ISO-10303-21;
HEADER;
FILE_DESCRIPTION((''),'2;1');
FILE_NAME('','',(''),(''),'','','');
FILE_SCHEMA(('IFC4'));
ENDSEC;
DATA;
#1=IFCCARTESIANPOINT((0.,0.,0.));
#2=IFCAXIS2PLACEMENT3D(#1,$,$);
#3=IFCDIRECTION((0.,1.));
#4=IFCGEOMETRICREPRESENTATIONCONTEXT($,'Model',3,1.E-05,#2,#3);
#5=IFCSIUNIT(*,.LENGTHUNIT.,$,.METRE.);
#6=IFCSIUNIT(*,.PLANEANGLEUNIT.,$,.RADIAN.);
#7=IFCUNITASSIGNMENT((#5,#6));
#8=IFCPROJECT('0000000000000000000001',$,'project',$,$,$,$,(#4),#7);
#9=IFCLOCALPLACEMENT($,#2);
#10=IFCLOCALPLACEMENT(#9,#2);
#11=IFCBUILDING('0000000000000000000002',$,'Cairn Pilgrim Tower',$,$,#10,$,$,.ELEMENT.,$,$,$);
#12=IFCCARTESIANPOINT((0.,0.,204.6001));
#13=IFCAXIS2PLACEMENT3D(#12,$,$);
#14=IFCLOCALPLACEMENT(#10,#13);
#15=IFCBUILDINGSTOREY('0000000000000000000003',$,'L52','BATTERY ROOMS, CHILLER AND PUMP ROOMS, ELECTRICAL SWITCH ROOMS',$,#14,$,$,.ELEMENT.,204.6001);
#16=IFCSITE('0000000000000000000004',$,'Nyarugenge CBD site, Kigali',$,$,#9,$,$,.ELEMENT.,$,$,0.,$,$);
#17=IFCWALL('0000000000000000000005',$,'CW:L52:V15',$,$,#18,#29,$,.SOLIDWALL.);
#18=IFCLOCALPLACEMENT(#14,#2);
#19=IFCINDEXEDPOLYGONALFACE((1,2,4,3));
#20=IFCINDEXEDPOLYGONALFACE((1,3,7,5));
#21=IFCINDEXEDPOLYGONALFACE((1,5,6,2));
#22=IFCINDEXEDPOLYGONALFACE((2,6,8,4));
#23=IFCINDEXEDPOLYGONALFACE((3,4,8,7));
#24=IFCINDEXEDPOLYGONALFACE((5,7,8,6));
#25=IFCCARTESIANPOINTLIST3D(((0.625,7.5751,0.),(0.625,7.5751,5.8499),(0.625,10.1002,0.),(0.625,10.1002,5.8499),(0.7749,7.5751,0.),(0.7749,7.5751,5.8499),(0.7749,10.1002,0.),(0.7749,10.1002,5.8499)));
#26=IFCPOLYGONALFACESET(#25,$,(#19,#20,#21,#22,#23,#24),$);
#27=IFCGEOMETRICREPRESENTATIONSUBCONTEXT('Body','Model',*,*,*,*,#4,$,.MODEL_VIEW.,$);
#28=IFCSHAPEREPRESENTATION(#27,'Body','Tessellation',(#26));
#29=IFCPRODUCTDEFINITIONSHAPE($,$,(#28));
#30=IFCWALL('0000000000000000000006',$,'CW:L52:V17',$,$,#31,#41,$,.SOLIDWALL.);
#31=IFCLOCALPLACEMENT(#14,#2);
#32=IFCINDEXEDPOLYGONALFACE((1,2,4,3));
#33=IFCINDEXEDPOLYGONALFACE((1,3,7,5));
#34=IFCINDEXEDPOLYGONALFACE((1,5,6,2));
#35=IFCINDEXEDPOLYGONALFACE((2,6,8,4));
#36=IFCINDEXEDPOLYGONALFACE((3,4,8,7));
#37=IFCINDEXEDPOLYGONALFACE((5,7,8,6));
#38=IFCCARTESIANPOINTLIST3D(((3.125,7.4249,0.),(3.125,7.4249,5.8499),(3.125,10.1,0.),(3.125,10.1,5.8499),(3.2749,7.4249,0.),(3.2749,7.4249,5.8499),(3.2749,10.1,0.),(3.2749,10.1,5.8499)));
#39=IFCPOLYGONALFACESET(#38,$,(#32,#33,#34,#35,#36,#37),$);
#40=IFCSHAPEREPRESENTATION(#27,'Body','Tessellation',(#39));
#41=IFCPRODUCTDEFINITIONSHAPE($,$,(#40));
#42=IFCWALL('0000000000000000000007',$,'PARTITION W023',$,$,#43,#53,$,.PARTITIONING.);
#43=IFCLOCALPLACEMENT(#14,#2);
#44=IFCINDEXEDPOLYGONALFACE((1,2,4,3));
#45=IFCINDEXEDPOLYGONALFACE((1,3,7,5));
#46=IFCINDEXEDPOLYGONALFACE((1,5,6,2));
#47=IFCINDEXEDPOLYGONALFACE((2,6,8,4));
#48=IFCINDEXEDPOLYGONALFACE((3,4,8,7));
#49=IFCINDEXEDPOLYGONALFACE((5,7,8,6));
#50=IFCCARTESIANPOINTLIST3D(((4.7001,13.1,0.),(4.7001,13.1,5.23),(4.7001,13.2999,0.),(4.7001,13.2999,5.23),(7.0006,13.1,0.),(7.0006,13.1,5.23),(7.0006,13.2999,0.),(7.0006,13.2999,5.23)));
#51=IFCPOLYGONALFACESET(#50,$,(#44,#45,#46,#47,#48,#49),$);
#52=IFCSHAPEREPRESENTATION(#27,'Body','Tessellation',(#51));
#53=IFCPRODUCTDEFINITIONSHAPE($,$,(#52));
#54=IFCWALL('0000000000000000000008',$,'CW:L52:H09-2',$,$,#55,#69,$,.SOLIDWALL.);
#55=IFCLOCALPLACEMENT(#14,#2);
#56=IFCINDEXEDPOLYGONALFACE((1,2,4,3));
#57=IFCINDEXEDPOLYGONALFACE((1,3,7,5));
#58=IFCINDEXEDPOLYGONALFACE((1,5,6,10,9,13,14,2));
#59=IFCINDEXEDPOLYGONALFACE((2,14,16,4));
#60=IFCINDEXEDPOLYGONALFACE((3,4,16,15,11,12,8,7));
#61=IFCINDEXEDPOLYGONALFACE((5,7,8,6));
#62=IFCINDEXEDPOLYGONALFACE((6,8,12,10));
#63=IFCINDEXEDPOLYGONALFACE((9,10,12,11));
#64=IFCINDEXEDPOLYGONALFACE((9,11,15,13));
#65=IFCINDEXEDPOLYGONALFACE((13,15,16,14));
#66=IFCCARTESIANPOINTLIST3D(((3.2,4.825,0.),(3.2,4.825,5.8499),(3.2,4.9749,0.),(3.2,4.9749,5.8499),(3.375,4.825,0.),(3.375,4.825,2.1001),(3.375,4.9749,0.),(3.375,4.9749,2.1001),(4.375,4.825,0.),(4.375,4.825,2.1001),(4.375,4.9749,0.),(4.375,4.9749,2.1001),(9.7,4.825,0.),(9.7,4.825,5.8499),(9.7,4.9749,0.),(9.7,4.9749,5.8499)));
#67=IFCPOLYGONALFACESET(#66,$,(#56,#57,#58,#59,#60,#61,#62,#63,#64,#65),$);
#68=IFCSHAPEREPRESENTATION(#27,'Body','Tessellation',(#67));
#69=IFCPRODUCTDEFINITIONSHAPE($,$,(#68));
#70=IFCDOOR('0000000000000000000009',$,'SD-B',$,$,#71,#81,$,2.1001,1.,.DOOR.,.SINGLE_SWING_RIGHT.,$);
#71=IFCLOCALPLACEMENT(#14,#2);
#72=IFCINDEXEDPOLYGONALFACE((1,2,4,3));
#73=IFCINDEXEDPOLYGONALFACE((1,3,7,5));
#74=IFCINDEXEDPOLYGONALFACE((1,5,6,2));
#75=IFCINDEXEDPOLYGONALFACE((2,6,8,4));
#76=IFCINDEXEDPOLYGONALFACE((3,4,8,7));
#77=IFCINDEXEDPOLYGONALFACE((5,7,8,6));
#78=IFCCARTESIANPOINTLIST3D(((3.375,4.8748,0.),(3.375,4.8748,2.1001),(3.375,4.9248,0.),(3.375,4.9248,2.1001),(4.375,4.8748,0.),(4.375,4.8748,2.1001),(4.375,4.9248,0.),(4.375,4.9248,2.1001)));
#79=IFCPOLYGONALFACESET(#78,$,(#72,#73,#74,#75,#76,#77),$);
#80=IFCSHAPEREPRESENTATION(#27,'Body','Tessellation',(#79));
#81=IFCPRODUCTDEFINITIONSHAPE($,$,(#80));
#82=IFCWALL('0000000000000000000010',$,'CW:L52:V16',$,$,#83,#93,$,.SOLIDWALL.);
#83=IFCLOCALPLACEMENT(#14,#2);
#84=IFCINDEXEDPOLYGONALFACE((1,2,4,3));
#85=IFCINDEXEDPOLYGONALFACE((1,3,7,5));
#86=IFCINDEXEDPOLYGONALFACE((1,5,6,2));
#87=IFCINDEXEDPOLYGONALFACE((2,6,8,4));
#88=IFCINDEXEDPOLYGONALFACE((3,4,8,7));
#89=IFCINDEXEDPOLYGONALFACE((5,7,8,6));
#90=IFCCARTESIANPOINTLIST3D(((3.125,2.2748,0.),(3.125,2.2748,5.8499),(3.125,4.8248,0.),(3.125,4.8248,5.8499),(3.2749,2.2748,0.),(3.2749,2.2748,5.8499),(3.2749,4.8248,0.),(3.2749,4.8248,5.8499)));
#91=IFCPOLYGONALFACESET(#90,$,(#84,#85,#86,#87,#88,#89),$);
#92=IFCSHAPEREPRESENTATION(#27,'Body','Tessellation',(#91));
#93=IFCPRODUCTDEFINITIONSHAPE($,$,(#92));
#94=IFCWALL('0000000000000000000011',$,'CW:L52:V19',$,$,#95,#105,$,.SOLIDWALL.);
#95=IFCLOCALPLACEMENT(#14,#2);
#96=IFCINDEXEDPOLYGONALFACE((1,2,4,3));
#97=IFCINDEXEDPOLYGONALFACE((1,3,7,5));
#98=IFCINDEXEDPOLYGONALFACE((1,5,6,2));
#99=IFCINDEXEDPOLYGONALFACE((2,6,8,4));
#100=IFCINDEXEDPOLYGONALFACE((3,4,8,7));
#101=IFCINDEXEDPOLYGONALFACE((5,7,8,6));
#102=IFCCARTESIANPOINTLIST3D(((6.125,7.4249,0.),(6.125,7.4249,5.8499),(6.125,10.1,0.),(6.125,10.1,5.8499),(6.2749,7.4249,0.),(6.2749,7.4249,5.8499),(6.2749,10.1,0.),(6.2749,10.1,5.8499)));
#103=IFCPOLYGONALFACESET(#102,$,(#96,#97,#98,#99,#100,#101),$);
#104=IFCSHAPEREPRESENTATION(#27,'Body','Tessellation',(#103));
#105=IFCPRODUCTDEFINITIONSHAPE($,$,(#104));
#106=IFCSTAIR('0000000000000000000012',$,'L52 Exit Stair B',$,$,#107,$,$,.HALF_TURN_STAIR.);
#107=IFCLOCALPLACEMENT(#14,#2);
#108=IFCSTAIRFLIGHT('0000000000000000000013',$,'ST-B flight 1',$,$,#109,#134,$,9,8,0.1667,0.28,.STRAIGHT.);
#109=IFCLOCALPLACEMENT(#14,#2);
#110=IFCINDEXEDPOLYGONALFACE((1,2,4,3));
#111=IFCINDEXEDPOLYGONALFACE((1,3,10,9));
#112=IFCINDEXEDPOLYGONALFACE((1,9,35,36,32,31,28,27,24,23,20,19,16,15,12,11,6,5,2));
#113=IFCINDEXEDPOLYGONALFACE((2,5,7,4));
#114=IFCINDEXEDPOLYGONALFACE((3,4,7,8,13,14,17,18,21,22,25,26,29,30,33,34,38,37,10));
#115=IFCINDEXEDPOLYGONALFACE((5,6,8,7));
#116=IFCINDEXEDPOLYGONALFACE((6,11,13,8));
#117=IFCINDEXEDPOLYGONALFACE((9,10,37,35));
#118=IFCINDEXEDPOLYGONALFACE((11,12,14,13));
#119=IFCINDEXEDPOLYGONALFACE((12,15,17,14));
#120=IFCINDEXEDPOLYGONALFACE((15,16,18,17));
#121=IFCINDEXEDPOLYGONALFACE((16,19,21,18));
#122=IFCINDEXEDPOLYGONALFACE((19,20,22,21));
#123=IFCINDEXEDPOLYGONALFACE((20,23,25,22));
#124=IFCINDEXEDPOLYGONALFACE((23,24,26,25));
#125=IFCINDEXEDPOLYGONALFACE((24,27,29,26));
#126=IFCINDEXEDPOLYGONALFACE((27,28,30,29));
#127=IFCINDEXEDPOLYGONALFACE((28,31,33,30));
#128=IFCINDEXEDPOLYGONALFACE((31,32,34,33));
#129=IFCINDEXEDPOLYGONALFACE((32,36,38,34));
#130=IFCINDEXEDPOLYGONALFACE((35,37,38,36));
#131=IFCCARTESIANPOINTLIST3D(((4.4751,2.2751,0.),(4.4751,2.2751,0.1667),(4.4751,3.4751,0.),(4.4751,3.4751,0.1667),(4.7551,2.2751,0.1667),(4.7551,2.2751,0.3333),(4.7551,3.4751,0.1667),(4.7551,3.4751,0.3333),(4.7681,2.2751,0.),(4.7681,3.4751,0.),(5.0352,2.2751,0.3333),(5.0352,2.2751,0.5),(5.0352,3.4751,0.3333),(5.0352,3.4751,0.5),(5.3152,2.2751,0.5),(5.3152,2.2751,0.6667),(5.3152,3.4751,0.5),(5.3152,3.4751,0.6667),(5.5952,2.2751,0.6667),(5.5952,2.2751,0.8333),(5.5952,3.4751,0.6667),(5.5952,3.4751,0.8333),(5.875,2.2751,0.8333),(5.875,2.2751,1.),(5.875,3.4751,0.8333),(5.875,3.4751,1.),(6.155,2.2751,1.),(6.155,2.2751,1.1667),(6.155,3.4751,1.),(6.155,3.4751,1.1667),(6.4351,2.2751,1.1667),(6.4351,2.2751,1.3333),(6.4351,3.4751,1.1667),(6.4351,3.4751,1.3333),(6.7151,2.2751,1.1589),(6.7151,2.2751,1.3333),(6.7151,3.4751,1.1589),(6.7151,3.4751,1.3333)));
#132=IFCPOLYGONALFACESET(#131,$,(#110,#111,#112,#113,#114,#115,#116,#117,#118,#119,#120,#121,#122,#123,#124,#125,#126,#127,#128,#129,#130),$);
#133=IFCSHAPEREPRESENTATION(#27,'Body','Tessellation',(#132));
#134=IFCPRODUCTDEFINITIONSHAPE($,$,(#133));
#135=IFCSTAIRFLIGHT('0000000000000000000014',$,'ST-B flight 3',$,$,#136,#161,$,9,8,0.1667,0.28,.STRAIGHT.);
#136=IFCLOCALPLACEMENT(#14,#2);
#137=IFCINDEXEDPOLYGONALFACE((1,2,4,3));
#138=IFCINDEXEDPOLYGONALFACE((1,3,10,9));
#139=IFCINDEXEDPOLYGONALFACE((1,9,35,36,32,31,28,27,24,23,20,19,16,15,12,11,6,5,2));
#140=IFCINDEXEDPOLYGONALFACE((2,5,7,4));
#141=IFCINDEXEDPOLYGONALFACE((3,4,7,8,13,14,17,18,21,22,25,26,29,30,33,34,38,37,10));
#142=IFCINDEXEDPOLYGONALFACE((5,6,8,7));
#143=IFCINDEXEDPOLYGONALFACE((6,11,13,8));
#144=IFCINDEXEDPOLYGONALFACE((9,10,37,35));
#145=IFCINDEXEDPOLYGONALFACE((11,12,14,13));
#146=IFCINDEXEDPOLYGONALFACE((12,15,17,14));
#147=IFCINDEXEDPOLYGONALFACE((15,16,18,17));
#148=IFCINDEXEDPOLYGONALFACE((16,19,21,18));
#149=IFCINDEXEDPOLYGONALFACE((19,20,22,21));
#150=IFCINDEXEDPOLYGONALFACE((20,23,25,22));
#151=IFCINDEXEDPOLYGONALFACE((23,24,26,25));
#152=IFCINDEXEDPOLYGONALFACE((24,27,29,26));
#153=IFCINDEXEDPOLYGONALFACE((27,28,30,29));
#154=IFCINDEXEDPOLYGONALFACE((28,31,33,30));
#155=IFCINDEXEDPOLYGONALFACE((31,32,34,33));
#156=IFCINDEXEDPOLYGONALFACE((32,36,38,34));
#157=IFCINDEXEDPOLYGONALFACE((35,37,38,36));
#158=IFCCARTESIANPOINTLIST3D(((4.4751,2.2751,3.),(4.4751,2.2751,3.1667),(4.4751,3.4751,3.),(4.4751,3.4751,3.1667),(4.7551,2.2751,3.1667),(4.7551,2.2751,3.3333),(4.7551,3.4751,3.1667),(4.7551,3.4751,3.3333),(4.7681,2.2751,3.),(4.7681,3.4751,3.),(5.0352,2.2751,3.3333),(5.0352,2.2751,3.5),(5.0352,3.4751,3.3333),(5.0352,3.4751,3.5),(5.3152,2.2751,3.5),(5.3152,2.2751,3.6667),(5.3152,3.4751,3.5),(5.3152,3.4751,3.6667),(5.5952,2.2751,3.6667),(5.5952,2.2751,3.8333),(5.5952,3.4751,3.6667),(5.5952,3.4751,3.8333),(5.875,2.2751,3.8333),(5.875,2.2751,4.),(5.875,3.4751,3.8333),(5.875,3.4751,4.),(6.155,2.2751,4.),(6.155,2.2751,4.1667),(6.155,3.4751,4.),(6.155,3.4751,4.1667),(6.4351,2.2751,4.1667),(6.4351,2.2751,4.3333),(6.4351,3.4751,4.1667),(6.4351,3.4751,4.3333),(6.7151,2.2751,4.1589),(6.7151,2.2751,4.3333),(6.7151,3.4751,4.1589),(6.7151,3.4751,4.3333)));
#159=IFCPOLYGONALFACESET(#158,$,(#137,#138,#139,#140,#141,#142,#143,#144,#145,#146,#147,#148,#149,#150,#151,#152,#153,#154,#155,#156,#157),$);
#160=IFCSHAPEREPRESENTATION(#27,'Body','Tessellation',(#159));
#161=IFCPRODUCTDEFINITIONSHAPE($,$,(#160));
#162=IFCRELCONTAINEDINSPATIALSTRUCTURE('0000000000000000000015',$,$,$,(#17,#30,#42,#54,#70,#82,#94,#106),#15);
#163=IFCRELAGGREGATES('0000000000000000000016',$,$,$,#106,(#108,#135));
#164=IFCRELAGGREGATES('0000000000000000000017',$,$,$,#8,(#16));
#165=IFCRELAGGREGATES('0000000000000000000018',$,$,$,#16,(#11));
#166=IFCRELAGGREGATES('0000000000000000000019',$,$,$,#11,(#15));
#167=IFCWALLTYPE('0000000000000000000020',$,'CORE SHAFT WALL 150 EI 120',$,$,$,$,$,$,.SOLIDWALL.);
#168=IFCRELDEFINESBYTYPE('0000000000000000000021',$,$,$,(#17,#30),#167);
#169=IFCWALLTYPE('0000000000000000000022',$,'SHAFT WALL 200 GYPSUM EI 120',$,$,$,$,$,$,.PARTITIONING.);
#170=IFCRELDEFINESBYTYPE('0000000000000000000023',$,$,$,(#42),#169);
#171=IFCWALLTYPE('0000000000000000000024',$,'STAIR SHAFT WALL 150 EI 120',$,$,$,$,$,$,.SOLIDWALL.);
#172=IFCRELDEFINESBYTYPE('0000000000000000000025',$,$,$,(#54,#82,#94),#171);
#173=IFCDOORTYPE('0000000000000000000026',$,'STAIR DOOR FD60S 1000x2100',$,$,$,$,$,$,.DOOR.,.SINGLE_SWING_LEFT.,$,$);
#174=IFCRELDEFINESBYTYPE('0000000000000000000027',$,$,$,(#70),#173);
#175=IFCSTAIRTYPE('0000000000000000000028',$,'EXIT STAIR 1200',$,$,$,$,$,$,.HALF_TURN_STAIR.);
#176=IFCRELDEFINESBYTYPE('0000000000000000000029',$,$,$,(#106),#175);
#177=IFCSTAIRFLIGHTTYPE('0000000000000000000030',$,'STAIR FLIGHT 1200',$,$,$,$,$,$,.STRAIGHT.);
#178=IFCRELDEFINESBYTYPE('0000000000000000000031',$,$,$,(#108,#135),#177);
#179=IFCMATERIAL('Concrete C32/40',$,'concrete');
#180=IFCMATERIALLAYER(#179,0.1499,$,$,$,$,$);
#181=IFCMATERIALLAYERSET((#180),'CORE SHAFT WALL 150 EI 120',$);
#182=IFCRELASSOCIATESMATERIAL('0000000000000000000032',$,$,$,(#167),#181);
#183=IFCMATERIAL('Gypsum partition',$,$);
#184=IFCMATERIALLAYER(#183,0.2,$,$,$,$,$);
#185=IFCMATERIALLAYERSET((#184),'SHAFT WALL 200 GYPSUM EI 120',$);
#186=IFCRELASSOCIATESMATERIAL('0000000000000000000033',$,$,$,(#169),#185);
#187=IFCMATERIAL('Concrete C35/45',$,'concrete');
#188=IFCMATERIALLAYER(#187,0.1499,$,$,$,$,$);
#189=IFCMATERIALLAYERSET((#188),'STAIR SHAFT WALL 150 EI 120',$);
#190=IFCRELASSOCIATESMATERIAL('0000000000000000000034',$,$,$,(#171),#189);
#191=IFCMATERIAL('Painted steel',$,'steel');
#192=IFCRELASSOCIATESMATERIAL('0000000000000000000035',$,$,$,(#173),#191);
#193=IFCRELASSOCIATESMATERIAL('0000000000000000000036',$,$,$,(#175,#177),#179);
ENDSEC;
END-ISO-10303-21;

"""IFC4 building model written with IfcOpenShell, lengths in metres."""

from ifc_helpers import new_model, si_unit, direction, frame, frame_2d, origin, place, context, subcontext, project, spatial, polyline, rectangle, outline, extrude, material, layer, layer_set, type_object, element, fill, aggregate, save


model = new_model("IFC4")

# Units and contexts
model_context = context("Model", 3, precision=1e-05, world=origin(), true_north=direction((0.0, 1.0)))
body_context = subcontext(model_context, "Body", "Model", "MODEL_VIEW")
ifc_project = project(units=[si_unit("LENGTHUNIT", "METRE"), si_unit("PLANEANGLEUNIT", "RADIAN")], contexts=[model_context])

# Site, building, storey
site_placement = place(None, origin())
site = spatial("IfcSite", under=ifc_project, at=site_placement, Name="Nyarugenge CBD site, Kigali", CompositionType="ELEMENT", RefElevation=0.0)
building_placement = place(site_placement, origin())
building = spatial("IfcBuilding", under=site, at=building_placement, Name="Cairn Pilgrim Tower", CompositionType="ELEMENT")
storey_placement = place(building_placement, frame((0.0, 0.0, 204.6001)))
storey = spatial("IfcBuildingStorey", under=building, at=storey_placement, Name="L52", Description="BATTERY ROOMS, CHILLER AND PUMP ROOMS, ELECTRICAL SWITCH ROOMS", CompositionType="ELEMENT", Elevation=204.6001)

# Shared definitions
ifc_material_1 = material(Name="Concrete C32/40", Category="concrete")

# Shared definitions
ifc_layer_1 = layer(ifc_material_1, 0.1499)
ifc_layer_set_1 = layer_set([ifc_layer_1], Name="CORE SHAFT WALL 150 EI 120")
wall_type_1 = type_object("IfcWallType", Name="CORE SHAFT WALL 150 EI 120", PredefinedType="SOLIDWALL", material=ifc_layer_set_1)

# Walls
wall_1_placement = place(storey_placement, frame((0.7, 7.575, 0.0), z_axis=(0.0, 0.0, 1.0), x_axis=(0.0, 1.0, 0.0)))
element("IfcWall", 1, at=wall_1_placement, inside=storey, type_object=wall_type_1, Name="CW:L52:V15", PredefinedType="SOLIDWALL", context=body_context, shape_type="SweptSolid", body=[
    extrude(rectangle(XDim=2.5251, YDim=0.1499, at=frame_2d((1.2627, 0.0))), origin(), (0.0, 0.0, 1.0), 5.8499),
])
wall_2_placement = place(storey_placement, frame((3.2, 7.425, 0.0), z_axis=(0.0, 0.0, 1.0), x_axis=(0.0, 1.0, 0.0)))
element("IfcWall", 2, at=wall_2_placement, inside=storey, type_object=wall_type_1, Name="CW:L52:V17", PredefinedType="SOLIDWALL", context=body_context, shape_type="SweptSolid", body=[
    extrude(rectangle(XDim=2.675, YDim=0.1499, at=frame_2d((1.3374, 0.0))), origin(), (0.0, 0.0, 1.0), 5.8499),
])
ifc_material_2 = material(Name="Gypsum partition")
ifc_layer_2 = layer(ifc_material_2, 0.2)
ifc_layer_set_2 = layer_set([ifc_layer_2], Name="SHAFT WALL 200 GYPSUM EI 120")
wall_type_2 = type_object("IfcWallType", Name="SHAFT WALL 200 GYPSUM EI 120", PredefinedType="PARTITIONING", material=ifc_layer_set_2)
wall_3_placement = place(storey_placement, frame((4.7, 13.2, 0.0), z_axis=(0.0, 0.0, 1.0), x_axis=(1.0, 0.0, 0.0)))
element("IfcWall", 3, at=wall_3_placement, inside=storey, type_object=wall_type_2, Name="PARTITION W023", PredefinedType="PARTITIONING", context=body_context, shape_type="SweptSolid", body=[
    extrude(rectangle(XDim=2.3005, YDim=0.2, at=frame_2d((1.1504, 0.0))), origin(), (0.0, 0.0, 1.0), 5.23),
])

# Wall, opening, door
ifc_material_3 = material(Name="Concrete C35/45", Category="concrete")
ifc_layer_3 = layer(ifc_material_3, 0.1499)
ifc_layer_set_3 = layer_set([ifc_layer_3], Name="STAIR SHAFT WALL 150 EI 120")
wall_type_3 = type_object("IfcWallType", Name="STAIR SHAFT WALL 150 EI 120", PredefinedType="SOLIDWALL", material=ifc_layer_set_3)
wall_4_placement = place(storey_placement, frame((3.2, 4.8999, 0.0), z_axis=(0.0, 0.0, 1.0), x_axis=(1.0, 0.0, 0.0)))
wall_4 = element("IfcWall", 4, at=wall_4_placement, inside=storey, type_object=wall_type_3, Name="CW:L52:H09-2", PredefinedType="SOLIDWALL", context=body_context, shape_type="SweptSolid", body=[
    extrude(rectangle(XDim=6.5, YDim=0.1499, at=frame_2d((3.25, 0.0))), origin(), (0.0, 0.0, 1.0), 5.8499),
])
opening_1_placement = place(wall_4_placement, frame((0.175, 0.0, 0.0)))
opening_1 = element("IfcOpeningElement", 5, at=opening_1_placement, cuts=wall_4, PredefinedType="OPENING", context=body_context, shape_type="SweptSolid", body=[
    extrude(rectangle(XDim=1.0, YDim=2.1001, at=frame_2d((0.5, 1.05))), frame((0.0, 0.085, 0.0), z_axis=(0.0, -1.0, 0.0), x_axis=(1.0, 0.0, 0.0)), (0.0, 0.0, 1.0), 0.1699),
])
ifc_material_4 = material(Name="Painted steel", Category="steel")
door_type_1 = type_object("IfcDoorType", Name="STAIR DOOR FD60S 1000x2100", OperationType="SINGLE_SWING_LEFT", PredefinedType="DOOR", material=ifc_material_4)
door_1_placement = place(opening_1_placement, origin())
door_1 = element("IfcDoor", 6, at=door_1_placement, inside=storey, type_object=door_type_1, Name="SD-B", OperationType="SINGLE_SWING_RIGHT", OverallHeight=2.1001, OverallWidth=1.0, PredefinedType="DOOR", context=body_context, shape_type="SweptSolid", body=[
    extrude(rectangle(XDim=1.0, YDim=2.1001, at=frame_2d((0.5, 1.05))), frame((0.0, 0.0249, 0.0), z_axis=(0.0, -1.0, 0.0), x_axis=(1.0, 0.0, 0.0)), (0.0, 0.0, 1.0), 0.05),
])
fill(opening_1, door_1)

# Walls
wall_5_placement = place(storey_placement, frame((3.2, 2.2749, 0.0), z_axis=(0.0, 0.0, 1.0), x_axis=(0.0, 1.0, 0.0)))
element("IfcWall", 7, at=wall_5_placement, inside=storey, type_object=wall_type_3, Name="CW:L52:V16", PredefinedType="SOLIDWALL", context=body_context, shape_type="SweptSolid", body=[
    extrude(rectangle(XDim=2.55, YDim=0.1499, at=frame_2d((1.2749, 0.0))), origin(), (0.0, 0.0, 1.0), 5.8499),
])
wall_6_placement = place(storey_placement, frame((6.2, 7.425, 0.0), z_axis=(0.0, 0.0, 1.0), x_axis=(0.0, 1.0, 0.0)))
element("IfcWall", 8, at=wall_6_placement, inside=storey, type_object=wall_type_3, Name="CW:L52:V19", PredefinedType="SOLIDWALL", context=body_context, shape_type="SweptSolid", body=[
    extrude(rectangle(XDim=2.675, YDim=0.1499, at=frame_2d((1.3374, 0.0))), origin(), (0.0, 0.0, 1.0), 5.8499),
])

# Stair, stair flights
stair_type = type_object("IfcStairType", Name="EXIT STAIR 1200", PredefinedType="HALF_TURN_STAIR", material=ifc_material_1)
stair_placement = place(storey_placement, origin())
stair = element("IfcStair", 9, at=stair_placement, inside=storey, type_object=stair_type, Name="L52 Exit Stair B", PredefinedType="HALF_TURN_STAIR")
stair_flight_type = type_object("IfcStairFlightType", Name="STAIR FLIGHT 1200", PredefinedType="STRAIGHT", material=ifc_material_1)
stair_flight_1_placement = place(storey_placement, frame((4.4751, 2.875, 0.0), z_axis=(0.0, 0.0, 1.0), x_axis=(1.0, 0.0, 0.0)))
stair_flight_1 = element("IfcStairFlight", 10, at=stair_flight_1_placement, type_object=stair_flight_type, Name="ST-B flight 1", NumberOfRisers=9, NumberOfTreads=8, PredefinedType="STRAIGHT", RiserHeight=0.1667, TreadLength=0.28, context=body_context, shape_type="SweptSolid", body=[
    extrude(outline(polyline([(0.0, 0.0), (0.0, 0.1667), (0.28, 0.1667), (0.28, 0.3333), (0.5601, 0.3333), (0.5601, 0.5), (0.8401, 0.5), (0.8401, 0.6667), (1.1201, 0.6667), (1.1201, 0.8333), (1.3999, 0.8333), (1.3999, 1.0), (1.6799, 1.0), (1.6799, 1.1667), (1.96, 1.1667), (1.96, 1.3333), (2.24, 1.3333), (2.24, 1.5), (2.24, 1.1589), (0.293, 0.0), (0.0, 0.0)])), frame((0.0, 0.6001, 0.0), z_axis=(0.0, -1.0, 0.0), x_axis=(1.0, 0.0, 0.0)), (0.0, 0.0, 1.0), 1.2),
])
stair_flight_2_placement = place(storey_placement, frame((4.4751, 2.875, 3.0), z_axis=(0.0, 0.0, 1.0), x_axis=(1.0, 0.0, 0.0)))
stair_flight_2 = element("IfcStairFlight", 11, at=stair_flight_2_placement, type_object=stair_flight_type, Name="ST-B flight 3", NumberOfRisers=9, NumberOfTreads=8, PredefinedType="STRAIGHT", RiserHeight=0.1667, TreadLength=0.28, context=body_context, shape_type="SweptSolid", body=[
    extrude(outline(polyline([(0.0, 0.0), (0.0, 0.1667), (0.28, 0.1667), (0.28, 0.3333), (0.5601, 0.3333), (0.5601, 0.5), (0.8401, 0.5), (0.8401, 0.6667), (1.1201, 0.6667), (1.1201, 0.8333), (1.3999, 0.8333), (1.3999, 1.0), (1.6799, 1.0), (1.6799, 1.1667), (1.96, 1.1667), (1.96, 1.3333), (2.24, 1.3333), (2.24, 1.5), (2.24, 1.1589), (0.293, 0.0), (0.0, 0.0)])), frame((0.0, 0.6001, 0.0), z_axis=(0.0, -1.0, 0.0), x_axis=(1.0, 0.0, 0.0)), (0.0, 0.0, 1.0), 1.2),
])
aggregate(stair, [stair_flight_1, stair_flight_2])

save(model, "model.ifc")
